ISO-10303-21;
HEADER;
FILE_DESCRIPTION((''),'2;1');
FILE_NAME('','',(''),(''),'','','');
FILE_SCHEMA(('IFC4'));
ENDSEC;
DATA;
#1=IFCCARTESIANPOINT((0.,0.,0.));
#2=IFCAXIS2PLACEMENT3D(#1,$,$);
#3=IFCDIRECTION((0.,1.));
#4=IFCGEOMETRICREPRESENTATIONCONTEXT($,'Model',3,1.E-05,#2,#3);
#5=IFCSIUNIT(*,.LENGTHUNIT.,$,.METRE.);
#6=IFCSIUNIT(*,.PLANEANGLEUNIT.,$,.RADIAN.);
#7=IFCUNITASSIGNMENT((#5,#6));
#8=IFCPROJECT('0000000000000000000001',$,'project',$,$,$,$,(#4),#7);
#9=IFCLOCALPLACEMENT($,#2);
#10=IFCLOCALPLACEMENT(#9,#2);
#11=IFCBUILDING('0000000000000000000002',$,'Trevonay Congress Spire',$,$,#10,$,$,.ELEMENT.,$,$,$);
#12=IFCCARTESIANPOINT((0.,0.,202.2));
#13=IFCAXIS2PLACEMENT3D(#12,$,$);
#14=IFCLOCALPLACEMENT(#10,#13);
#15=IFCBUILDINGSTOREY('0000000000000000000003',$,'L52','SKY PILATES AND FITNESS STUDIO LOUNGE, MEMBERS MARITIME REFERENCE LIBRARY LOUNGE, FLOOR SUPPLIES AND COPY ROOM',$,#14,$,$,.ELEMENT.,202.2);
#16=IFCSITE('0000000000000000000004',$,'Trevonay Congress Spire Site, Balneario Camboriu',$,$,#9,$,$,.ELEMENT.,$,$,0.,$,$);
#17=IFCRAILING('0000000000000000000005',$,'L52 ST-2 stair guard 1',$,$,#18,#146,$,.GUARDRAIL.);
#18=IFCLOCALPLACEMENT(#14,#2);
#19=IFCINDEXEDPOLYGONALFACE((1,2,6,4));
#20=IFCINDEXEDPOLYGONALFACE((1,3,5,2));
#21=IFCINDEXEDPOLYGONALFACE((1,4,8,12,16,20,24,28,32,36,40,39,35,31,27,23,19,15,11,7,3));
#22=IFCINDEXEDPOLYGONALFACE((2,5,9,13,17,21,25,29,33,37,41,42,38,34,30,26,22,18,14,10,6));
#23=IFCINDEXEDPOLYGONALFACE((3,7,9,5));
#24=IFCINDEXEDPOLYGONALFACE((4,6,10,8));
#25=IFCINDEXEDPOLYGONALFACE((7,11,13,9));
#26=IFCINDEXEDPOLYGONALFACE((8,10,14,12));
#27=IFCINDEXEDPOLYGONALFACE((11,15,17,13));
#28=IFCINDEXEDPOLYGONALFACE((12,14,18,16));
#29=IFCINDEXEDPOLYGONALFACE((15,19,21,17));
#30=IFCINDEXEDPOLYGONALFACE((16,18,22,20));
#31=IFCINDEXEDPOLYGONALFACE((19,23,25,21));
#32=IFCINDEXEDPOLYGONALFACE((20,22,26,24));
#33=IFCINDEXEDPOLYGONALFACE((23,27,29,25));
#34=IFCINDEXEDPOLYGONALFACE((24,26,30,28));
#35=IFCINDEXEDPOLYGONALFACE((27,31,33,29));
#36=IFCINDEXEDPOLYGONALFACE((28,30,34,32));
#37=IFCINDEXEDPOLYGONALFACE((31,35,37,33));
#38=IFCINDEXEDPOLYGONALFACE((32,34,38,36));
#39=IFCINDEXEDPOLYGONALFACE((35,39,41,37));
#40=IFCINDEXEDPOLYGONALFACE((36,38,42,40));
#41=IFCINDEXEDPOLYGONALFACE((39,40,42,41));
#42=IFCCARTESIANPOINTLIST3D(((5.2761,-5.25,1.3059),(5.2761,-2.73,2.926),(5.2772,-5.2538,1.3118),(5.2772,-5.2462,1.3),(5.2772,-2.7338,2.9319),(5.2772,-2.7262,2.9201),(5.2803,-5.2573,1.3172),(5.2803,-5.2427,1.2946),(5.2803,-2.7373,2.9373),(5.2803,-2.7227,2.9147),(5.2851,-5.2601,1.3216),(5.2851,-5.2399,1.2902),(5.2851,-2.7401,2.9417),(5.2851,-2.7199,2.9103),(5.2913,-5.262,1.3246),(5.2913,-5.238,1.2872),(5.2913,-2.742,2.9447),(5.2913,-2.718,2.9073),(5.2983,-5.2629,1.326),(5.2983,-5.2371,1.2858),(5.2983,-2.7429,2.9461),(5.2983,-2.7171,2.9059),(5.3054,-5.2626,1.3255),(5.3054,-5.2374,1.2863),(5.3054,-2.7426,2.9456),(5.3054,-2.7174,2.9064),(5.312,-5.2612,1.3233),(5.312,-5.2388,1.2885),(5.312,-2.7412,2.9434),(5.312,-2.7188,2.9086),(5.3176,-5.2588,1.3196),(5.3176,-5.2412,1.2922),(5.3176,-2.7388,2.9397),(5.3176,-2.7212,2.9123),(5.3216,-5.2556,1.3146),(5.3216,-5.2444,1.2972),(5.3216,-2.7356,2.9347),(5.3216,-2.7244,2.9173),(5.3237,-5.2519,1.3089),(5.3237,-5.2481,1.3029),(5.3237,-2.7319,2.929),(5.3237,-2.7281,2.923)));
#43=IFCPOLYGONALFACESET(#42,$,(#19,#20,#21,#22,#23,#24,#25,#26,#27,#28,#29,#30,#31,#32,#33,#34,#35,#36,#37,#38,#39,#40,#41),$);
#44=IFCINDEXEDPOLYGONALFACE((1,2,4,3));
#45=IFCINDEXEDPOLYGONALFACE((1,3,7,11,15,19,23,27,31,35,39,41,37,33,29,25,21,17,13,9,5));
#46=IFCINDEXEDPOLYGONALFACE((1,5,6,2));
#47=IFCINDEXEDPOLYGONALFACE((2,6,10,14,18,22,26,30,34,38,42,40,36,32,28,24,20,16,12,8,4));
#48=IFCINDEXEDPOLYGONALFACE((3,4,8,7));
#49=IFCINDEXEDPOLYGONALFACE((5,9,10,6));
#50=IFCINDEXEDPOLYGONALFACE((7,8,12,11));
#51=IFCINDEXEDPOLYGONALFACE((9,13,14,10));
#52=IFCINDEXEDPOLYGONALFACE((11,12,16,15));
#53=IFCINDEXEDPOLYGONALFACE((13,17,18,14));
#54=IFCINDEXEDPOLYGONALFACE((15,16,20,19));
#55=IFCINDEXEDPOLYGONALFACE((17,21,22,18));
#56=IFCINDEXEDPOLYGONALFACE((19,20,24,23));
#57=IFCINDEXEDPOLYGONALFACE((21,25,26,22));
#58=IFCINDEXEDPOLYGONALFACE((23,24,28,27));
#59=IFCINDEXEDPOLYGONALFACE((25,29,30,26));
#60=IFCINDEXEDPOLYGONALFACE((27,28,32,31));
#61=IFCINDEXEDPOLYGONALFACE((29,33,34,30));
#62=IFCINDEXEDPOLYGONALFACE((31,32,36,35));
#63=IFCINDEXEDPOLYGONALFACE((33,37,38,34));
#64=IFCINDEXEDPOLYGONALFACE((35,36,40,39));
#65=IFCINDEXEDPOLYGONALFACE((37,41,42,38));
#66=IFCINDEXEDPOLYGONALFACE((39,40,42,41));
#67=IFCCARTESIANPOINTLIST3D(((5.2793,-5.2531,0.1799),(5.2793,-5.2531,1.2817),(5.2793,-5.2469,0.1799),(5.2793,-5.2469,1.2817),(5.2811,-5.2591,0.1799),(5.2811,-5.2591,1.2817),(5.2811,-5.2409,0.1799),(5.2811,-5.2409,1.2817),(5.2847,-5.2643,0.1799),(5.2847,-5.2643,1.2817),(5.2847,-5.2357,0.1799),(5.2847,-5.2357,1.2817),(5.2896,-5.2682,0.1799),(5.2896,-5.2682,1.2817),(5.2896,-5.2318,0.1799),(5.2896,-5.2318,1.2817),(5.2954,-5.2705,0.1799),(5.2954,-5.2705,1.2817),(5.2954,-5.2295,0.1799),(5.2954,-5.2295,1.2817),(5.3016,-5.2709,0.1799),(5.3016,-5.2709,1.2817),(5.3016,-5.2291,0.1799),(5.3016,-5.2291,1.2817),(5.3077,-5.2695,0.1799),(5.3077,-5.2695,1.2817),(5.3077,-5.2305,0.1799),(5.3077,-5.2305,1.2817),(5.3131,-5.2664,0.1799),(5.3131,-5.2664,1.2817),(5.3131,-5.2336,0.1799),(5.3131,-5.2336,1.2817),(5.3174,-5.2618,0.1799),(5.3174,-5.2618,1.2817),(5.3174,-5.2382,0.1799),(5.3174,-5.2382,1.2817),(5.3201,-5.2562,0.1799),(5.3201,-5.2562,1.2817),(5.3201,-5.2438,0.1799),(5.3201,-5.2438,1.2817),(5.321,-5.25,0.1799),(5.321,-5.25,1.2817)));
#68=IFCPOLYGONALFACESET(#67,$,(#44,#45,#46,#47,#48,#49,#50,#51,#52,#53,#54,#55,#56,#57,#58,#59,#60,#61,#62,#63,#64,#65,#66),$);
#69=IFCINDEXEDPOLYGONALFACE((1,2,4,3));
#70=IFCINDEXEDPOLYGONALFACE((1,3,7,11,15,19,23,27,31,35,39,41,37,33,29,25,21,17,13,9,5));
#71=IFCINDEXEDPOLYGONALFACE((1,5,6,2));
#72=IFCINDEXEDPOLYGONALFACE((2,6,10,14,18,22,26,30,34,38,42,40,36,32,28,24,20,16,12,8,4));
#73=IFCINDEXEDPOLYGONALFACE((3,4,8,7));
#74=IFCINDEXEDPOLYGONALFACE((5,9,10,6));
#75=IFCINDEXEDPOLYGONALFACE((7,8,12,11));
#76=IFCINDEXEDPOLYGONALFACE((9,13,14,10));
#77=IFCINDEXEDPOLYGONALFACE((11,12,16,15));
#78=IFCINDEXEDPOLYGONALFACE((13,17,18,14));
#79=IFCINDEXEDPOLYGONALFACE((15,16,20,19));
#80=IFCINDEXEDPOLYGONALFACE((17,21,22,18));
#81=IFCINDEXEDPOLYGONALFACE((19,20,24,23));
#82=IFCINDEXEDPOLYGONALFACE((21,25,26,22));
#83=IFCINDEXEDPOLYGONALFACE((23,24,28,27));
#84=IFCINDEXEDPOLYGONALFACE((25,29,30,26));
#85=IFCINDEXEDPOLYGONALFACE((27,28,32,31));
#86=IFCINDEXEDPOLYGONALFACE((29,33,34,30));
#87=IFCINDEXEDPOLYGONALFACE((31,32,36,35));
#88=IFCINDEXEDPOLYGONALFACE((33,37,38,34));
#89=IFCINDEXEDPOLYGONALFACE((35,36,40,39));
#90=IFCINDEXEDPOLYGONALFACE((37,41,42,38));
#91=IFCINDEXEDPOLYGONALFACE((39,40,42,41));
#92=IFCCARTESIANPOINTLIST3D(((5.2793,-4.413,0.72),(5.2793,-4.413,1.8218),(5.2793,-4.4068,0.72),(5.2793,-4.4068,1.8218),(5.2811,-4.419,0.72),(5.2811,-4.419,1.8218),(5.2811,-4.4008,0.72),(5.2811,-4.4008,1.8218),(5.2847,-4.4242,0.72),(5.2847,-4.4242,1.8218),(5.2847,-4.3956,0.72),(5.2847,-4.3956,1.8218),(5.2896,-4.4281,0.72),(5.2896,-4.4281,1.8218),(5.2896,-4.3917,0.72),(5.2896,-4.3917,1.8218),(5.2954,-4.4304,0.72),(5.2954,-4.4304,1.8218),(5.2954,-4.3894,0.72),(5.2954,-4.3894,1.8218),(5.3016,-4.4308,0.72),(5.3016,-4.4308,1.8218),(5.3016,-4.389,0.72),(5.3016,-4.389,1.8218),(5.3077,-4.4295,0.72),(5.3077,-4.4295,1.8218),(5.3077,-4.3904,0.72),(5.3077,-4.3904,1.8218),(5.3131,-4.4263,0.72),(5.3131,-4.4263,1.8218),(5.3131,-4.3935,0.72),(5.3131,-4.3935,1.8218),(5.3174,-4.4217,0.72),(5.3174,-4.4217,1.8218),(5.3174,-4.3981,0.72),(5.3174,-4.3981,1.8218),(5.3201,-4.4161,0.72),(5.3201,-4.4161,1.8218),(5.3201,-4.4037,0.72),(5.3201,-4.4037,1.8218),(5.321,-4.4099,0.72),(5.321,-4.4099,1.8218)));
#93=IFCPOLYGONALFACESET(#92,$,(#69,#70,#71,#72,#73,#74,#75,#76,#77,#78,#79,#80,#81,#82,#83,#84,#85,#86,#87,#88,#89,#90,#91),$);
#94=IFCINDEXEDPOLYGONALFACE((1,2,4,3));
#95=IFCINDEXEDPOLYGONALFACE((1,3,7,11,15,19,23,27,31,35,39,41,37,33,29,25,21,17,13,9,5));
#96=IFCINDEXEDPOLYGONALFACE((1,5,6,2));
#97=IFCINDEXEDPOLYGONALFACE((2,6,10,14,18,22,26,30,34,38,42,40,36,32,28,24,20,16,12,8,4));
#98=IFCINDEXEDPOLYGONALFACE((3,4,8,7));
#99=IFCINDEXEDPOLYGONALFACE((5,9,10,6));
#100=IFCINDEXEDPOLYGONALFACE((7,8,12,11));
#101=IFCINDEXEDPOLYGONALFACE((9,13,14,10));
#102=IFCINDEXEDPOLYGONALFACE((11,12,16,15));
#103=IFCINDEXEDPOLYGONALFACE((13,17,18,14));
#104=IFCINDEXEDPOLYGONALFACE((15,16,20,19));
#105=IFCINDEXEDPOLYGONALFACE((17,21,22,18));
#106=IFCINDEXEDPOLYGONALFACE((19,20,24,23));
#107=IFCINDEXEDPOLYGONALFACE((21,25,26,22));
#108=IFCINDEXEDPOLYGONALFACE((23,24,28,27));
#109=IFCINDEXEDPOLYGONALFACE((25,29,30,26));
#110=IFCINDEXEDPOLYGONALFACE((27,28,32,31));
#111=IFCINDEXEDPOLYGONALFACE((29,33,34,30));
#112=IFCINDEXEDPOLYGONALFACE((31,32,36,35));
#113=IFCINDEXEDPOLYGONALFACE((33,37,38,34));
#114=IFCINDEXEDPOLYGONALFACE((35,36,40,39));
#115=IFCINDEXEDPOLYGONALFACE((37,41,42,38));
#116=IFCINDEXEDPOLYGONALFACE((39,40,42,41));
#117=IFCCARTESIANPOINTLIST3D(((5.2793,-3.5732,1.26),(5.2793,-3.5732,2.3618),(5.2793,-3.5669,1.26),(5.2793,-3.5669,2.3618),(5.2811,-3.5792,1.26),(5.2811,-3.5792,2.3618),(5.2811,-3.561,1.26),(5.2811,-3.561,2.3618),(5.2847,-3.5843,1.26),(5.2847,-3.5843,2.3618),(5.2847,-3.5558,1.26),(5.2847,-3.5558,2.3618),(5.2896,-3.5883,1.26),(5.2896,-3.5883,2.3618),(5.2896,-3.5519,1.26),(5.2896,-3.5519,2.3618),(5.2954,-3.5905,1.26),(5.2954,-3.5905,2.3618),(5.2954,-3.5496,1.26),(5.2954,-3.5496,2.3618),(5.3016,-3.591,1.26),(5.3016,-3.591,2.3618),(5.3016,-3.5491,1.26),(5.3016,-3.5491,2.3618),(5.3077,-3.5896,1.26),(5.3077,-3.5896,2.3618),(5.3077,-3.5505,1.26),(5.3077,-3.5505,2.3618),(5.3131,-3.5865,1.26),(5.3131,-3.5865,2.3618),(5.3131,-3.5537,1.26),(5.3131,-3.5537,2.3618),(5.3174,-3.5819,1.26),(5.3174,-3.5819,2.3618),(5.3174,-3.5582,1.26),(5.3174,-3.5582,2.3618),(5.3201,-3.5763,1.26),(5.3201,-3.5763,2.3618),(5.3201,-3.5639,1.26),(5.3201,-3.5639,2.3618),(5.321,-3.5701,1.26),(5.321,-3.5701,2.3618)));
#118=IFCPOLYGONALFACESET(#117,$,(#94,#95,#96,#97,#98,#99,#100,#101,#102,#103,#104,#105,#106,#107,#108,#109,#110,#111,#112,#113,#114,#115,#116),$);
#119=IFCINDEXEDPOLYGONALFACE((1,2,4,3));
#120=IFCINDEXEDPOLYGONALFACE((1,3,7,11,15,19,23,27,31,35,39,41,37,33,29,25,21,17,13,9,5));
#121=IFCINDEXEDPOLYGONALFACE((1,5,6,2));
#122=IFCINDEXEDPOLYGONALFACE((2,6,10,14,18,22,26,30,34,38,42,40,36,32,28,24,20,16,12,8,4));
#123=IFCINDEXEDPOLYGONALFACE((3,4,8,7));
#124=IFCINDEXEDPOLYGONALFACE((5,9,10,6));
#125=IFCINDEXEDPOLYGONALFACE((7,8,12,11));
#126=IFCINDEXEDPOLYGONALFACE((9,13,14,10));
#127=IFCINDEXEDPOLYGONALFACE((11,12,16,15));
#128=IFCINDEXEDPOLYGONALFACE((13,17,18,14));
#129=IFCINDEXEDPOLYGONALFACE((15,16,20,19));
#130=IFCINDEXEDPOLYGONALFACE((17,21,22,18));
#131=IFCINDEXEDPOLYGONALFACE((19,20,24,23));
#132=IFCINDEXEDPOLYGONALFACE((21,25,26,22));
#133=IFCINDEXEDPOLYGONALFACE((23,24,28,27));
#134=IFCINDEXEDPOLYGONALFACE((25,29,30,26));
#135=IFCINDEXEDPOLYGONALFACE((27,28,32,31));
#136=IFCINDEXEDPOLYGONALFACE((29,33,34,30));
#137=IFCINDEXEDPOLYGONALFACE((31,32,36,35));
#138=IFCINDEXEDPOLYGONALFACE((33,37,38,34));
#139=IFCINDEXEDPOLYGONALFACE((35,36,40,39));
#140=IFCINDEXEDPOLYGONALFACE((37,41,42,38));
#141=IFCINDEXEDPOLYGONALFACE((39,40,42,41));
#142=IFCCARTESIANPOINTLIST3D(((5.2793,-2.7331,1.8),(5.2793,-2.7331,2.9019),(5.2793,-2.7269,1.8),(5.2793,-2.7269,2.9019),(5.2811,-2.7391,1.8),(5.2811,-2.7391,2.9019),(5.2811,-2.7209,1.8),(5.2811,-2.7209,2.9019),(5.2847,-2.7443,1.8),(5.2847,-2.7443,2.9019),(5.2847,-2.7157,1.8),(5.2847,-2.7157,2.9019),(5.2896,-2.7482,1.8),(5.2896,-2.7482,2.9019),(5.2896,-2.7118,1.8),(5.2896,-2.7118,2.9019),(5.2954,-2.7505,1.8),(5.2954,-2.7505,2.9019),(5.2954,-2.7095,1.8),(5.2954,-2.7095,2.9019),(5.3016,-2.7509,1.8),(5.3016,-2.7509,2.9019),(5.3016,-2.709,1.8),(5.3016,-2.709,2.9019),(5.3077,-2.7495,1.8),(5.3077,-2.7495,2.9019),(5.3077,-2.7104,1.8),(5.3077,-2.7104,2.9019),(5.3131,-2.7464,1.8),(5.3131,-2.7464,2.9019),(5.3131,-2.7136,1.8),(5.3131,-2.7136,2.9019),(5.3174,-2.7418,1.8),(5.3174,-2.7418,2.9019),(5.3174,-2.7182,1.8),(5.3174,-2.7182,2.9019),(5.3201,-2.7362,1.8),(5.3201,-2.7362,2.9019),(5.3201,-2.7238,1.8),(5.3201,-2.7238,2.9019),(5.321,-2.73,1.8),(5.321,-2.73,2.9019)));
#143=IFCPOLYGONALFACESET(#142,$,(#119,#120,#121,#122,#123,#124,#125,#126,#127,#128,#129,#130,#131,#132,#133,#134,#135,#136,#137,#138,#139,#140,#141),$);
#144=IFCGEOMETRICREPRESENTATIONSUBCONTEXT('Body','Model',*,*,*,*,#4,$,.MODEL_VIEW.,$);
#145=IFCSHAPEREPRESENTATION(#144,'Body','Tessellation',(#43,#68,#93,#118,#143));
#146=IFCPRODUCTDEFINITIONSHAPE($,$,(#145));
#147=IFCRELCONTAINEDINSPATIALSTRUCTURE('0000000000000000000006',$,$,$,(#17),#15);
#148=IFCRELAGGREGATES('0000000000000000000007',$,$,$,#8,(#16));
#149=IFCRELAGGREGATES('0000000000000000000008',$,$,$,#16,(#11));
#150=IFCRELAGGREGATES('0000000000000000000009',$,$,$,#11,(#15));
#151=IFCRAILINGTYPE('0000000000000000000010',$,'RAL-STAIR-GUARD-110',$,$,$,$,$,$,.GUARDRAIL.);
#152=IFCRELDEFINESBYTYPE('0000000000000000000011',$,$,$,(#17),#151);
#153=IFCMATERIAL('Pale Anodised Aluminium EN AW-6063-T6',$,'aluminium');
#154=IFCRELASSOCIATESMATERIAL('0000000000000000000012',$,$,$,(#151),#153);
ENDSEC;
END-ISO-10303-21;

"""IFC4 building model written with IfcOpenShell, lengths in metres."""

from ifc_helpers import new_model, si_unit, direction, frame, origin, origin_2d, place, context, subcontext, project, spatial, circle, extrude, material, type_object, element, save


model = new_model("IFC4")

# Units and contexts
model_context = context("Model", 3, precision=1e-05, world=origin(), true_north=direction((0.0, 1.0)))
body_context = subcontext(model_context, "Body", "Model", "MODEL_VIEW")
ifc_project = project(units=[si_unit("LENGTHUNIT", "METRE"), si_unit("PLANEANGLEUNIT", "RADIAN")], contexts=[model_context])

# Site, building, storey
site_placement = place(None, origin())
site = spatial("IfcSite", under=ifc_project, at=site_placement, Name="Trevonay Congress Spire Site, Balneario Camboriu", CompositionType="ELEMENT", RefElevation=0.0)
building_placement = place(site_placement, origin())
building = spatial("IfcBuilding", under=site, at=building_placement, Name="Trevonay Congress Spire", CompositionType="ELEMENT")
storey_placement = place(building_placement, frame((0.0, 0.0, 202.2)))
storey = spatial("IfcBuildingStorey", under=building, at=storey_placement, Name="L52", Description="SKY PILATES AND FITNESS STUDIO LOUNGE, MEMBERS MARITIME REFERENCE LIBRARY LOUNGE, FLOOR SUPPLIES AND COPY ROOM", CompositionType="ELEMENT", Elevation=202.2)

# Shared definitions
ifc_material_1 = material(Name="Pale Anodised Aluminium EN AW-6063-T6", Category="aluminium")

# Railing
railing_type_1 = type_object("IfcRailingType", Name="RAL-STAIR-GUARD-110", PredefinedType="GUARDRAIL", material=ifc_material_1)
railing_1_placement = place(storey_placement, frame((5.3, -5.25, 0.1799)))
element("IfcRailing", 1, at=railing_1_placement, inside=storey, type_object=railing_type_1, Name="L52 ST-2 stair guard 1", PredefinedType="GUARDRAIL", context=body_context, shape_type="SweptSolid", body=[
    extrude(circle(Radius=0.0239, at=origin_2d()), frame((0.0, 0.0, 1.126), z_axis=(0.0, 0.841163, 0.540782), x_axis=(-1.0, 0.0, 0.0)), (0.0, 0.0, 1.0), 2.9958),
    extrude(circle(Radius=0.021, at=origin_2d()), origin(), (0.0, 0.0, 1.0), 1.1018),
    extrude(circle(Radius=0.021, at=origin_2d()), frame((0.0, 0.8401, 0.54)), (0.0, 0.0, 1.0), 1.1018),
    extrude(circle(Radius=0.021, at=origin_2d()), frame((0.0, 1.6799, 1.0801)), (0.0, 0.0, 1.0), 1.1018),
    extrude(circle(Radius=0.021, at=origin_2d()), frame((0.0, 2.52, 1.6201)), (0.0, 0.0, 1.0), 1.1018),
])

save(model, "model.ifc")
